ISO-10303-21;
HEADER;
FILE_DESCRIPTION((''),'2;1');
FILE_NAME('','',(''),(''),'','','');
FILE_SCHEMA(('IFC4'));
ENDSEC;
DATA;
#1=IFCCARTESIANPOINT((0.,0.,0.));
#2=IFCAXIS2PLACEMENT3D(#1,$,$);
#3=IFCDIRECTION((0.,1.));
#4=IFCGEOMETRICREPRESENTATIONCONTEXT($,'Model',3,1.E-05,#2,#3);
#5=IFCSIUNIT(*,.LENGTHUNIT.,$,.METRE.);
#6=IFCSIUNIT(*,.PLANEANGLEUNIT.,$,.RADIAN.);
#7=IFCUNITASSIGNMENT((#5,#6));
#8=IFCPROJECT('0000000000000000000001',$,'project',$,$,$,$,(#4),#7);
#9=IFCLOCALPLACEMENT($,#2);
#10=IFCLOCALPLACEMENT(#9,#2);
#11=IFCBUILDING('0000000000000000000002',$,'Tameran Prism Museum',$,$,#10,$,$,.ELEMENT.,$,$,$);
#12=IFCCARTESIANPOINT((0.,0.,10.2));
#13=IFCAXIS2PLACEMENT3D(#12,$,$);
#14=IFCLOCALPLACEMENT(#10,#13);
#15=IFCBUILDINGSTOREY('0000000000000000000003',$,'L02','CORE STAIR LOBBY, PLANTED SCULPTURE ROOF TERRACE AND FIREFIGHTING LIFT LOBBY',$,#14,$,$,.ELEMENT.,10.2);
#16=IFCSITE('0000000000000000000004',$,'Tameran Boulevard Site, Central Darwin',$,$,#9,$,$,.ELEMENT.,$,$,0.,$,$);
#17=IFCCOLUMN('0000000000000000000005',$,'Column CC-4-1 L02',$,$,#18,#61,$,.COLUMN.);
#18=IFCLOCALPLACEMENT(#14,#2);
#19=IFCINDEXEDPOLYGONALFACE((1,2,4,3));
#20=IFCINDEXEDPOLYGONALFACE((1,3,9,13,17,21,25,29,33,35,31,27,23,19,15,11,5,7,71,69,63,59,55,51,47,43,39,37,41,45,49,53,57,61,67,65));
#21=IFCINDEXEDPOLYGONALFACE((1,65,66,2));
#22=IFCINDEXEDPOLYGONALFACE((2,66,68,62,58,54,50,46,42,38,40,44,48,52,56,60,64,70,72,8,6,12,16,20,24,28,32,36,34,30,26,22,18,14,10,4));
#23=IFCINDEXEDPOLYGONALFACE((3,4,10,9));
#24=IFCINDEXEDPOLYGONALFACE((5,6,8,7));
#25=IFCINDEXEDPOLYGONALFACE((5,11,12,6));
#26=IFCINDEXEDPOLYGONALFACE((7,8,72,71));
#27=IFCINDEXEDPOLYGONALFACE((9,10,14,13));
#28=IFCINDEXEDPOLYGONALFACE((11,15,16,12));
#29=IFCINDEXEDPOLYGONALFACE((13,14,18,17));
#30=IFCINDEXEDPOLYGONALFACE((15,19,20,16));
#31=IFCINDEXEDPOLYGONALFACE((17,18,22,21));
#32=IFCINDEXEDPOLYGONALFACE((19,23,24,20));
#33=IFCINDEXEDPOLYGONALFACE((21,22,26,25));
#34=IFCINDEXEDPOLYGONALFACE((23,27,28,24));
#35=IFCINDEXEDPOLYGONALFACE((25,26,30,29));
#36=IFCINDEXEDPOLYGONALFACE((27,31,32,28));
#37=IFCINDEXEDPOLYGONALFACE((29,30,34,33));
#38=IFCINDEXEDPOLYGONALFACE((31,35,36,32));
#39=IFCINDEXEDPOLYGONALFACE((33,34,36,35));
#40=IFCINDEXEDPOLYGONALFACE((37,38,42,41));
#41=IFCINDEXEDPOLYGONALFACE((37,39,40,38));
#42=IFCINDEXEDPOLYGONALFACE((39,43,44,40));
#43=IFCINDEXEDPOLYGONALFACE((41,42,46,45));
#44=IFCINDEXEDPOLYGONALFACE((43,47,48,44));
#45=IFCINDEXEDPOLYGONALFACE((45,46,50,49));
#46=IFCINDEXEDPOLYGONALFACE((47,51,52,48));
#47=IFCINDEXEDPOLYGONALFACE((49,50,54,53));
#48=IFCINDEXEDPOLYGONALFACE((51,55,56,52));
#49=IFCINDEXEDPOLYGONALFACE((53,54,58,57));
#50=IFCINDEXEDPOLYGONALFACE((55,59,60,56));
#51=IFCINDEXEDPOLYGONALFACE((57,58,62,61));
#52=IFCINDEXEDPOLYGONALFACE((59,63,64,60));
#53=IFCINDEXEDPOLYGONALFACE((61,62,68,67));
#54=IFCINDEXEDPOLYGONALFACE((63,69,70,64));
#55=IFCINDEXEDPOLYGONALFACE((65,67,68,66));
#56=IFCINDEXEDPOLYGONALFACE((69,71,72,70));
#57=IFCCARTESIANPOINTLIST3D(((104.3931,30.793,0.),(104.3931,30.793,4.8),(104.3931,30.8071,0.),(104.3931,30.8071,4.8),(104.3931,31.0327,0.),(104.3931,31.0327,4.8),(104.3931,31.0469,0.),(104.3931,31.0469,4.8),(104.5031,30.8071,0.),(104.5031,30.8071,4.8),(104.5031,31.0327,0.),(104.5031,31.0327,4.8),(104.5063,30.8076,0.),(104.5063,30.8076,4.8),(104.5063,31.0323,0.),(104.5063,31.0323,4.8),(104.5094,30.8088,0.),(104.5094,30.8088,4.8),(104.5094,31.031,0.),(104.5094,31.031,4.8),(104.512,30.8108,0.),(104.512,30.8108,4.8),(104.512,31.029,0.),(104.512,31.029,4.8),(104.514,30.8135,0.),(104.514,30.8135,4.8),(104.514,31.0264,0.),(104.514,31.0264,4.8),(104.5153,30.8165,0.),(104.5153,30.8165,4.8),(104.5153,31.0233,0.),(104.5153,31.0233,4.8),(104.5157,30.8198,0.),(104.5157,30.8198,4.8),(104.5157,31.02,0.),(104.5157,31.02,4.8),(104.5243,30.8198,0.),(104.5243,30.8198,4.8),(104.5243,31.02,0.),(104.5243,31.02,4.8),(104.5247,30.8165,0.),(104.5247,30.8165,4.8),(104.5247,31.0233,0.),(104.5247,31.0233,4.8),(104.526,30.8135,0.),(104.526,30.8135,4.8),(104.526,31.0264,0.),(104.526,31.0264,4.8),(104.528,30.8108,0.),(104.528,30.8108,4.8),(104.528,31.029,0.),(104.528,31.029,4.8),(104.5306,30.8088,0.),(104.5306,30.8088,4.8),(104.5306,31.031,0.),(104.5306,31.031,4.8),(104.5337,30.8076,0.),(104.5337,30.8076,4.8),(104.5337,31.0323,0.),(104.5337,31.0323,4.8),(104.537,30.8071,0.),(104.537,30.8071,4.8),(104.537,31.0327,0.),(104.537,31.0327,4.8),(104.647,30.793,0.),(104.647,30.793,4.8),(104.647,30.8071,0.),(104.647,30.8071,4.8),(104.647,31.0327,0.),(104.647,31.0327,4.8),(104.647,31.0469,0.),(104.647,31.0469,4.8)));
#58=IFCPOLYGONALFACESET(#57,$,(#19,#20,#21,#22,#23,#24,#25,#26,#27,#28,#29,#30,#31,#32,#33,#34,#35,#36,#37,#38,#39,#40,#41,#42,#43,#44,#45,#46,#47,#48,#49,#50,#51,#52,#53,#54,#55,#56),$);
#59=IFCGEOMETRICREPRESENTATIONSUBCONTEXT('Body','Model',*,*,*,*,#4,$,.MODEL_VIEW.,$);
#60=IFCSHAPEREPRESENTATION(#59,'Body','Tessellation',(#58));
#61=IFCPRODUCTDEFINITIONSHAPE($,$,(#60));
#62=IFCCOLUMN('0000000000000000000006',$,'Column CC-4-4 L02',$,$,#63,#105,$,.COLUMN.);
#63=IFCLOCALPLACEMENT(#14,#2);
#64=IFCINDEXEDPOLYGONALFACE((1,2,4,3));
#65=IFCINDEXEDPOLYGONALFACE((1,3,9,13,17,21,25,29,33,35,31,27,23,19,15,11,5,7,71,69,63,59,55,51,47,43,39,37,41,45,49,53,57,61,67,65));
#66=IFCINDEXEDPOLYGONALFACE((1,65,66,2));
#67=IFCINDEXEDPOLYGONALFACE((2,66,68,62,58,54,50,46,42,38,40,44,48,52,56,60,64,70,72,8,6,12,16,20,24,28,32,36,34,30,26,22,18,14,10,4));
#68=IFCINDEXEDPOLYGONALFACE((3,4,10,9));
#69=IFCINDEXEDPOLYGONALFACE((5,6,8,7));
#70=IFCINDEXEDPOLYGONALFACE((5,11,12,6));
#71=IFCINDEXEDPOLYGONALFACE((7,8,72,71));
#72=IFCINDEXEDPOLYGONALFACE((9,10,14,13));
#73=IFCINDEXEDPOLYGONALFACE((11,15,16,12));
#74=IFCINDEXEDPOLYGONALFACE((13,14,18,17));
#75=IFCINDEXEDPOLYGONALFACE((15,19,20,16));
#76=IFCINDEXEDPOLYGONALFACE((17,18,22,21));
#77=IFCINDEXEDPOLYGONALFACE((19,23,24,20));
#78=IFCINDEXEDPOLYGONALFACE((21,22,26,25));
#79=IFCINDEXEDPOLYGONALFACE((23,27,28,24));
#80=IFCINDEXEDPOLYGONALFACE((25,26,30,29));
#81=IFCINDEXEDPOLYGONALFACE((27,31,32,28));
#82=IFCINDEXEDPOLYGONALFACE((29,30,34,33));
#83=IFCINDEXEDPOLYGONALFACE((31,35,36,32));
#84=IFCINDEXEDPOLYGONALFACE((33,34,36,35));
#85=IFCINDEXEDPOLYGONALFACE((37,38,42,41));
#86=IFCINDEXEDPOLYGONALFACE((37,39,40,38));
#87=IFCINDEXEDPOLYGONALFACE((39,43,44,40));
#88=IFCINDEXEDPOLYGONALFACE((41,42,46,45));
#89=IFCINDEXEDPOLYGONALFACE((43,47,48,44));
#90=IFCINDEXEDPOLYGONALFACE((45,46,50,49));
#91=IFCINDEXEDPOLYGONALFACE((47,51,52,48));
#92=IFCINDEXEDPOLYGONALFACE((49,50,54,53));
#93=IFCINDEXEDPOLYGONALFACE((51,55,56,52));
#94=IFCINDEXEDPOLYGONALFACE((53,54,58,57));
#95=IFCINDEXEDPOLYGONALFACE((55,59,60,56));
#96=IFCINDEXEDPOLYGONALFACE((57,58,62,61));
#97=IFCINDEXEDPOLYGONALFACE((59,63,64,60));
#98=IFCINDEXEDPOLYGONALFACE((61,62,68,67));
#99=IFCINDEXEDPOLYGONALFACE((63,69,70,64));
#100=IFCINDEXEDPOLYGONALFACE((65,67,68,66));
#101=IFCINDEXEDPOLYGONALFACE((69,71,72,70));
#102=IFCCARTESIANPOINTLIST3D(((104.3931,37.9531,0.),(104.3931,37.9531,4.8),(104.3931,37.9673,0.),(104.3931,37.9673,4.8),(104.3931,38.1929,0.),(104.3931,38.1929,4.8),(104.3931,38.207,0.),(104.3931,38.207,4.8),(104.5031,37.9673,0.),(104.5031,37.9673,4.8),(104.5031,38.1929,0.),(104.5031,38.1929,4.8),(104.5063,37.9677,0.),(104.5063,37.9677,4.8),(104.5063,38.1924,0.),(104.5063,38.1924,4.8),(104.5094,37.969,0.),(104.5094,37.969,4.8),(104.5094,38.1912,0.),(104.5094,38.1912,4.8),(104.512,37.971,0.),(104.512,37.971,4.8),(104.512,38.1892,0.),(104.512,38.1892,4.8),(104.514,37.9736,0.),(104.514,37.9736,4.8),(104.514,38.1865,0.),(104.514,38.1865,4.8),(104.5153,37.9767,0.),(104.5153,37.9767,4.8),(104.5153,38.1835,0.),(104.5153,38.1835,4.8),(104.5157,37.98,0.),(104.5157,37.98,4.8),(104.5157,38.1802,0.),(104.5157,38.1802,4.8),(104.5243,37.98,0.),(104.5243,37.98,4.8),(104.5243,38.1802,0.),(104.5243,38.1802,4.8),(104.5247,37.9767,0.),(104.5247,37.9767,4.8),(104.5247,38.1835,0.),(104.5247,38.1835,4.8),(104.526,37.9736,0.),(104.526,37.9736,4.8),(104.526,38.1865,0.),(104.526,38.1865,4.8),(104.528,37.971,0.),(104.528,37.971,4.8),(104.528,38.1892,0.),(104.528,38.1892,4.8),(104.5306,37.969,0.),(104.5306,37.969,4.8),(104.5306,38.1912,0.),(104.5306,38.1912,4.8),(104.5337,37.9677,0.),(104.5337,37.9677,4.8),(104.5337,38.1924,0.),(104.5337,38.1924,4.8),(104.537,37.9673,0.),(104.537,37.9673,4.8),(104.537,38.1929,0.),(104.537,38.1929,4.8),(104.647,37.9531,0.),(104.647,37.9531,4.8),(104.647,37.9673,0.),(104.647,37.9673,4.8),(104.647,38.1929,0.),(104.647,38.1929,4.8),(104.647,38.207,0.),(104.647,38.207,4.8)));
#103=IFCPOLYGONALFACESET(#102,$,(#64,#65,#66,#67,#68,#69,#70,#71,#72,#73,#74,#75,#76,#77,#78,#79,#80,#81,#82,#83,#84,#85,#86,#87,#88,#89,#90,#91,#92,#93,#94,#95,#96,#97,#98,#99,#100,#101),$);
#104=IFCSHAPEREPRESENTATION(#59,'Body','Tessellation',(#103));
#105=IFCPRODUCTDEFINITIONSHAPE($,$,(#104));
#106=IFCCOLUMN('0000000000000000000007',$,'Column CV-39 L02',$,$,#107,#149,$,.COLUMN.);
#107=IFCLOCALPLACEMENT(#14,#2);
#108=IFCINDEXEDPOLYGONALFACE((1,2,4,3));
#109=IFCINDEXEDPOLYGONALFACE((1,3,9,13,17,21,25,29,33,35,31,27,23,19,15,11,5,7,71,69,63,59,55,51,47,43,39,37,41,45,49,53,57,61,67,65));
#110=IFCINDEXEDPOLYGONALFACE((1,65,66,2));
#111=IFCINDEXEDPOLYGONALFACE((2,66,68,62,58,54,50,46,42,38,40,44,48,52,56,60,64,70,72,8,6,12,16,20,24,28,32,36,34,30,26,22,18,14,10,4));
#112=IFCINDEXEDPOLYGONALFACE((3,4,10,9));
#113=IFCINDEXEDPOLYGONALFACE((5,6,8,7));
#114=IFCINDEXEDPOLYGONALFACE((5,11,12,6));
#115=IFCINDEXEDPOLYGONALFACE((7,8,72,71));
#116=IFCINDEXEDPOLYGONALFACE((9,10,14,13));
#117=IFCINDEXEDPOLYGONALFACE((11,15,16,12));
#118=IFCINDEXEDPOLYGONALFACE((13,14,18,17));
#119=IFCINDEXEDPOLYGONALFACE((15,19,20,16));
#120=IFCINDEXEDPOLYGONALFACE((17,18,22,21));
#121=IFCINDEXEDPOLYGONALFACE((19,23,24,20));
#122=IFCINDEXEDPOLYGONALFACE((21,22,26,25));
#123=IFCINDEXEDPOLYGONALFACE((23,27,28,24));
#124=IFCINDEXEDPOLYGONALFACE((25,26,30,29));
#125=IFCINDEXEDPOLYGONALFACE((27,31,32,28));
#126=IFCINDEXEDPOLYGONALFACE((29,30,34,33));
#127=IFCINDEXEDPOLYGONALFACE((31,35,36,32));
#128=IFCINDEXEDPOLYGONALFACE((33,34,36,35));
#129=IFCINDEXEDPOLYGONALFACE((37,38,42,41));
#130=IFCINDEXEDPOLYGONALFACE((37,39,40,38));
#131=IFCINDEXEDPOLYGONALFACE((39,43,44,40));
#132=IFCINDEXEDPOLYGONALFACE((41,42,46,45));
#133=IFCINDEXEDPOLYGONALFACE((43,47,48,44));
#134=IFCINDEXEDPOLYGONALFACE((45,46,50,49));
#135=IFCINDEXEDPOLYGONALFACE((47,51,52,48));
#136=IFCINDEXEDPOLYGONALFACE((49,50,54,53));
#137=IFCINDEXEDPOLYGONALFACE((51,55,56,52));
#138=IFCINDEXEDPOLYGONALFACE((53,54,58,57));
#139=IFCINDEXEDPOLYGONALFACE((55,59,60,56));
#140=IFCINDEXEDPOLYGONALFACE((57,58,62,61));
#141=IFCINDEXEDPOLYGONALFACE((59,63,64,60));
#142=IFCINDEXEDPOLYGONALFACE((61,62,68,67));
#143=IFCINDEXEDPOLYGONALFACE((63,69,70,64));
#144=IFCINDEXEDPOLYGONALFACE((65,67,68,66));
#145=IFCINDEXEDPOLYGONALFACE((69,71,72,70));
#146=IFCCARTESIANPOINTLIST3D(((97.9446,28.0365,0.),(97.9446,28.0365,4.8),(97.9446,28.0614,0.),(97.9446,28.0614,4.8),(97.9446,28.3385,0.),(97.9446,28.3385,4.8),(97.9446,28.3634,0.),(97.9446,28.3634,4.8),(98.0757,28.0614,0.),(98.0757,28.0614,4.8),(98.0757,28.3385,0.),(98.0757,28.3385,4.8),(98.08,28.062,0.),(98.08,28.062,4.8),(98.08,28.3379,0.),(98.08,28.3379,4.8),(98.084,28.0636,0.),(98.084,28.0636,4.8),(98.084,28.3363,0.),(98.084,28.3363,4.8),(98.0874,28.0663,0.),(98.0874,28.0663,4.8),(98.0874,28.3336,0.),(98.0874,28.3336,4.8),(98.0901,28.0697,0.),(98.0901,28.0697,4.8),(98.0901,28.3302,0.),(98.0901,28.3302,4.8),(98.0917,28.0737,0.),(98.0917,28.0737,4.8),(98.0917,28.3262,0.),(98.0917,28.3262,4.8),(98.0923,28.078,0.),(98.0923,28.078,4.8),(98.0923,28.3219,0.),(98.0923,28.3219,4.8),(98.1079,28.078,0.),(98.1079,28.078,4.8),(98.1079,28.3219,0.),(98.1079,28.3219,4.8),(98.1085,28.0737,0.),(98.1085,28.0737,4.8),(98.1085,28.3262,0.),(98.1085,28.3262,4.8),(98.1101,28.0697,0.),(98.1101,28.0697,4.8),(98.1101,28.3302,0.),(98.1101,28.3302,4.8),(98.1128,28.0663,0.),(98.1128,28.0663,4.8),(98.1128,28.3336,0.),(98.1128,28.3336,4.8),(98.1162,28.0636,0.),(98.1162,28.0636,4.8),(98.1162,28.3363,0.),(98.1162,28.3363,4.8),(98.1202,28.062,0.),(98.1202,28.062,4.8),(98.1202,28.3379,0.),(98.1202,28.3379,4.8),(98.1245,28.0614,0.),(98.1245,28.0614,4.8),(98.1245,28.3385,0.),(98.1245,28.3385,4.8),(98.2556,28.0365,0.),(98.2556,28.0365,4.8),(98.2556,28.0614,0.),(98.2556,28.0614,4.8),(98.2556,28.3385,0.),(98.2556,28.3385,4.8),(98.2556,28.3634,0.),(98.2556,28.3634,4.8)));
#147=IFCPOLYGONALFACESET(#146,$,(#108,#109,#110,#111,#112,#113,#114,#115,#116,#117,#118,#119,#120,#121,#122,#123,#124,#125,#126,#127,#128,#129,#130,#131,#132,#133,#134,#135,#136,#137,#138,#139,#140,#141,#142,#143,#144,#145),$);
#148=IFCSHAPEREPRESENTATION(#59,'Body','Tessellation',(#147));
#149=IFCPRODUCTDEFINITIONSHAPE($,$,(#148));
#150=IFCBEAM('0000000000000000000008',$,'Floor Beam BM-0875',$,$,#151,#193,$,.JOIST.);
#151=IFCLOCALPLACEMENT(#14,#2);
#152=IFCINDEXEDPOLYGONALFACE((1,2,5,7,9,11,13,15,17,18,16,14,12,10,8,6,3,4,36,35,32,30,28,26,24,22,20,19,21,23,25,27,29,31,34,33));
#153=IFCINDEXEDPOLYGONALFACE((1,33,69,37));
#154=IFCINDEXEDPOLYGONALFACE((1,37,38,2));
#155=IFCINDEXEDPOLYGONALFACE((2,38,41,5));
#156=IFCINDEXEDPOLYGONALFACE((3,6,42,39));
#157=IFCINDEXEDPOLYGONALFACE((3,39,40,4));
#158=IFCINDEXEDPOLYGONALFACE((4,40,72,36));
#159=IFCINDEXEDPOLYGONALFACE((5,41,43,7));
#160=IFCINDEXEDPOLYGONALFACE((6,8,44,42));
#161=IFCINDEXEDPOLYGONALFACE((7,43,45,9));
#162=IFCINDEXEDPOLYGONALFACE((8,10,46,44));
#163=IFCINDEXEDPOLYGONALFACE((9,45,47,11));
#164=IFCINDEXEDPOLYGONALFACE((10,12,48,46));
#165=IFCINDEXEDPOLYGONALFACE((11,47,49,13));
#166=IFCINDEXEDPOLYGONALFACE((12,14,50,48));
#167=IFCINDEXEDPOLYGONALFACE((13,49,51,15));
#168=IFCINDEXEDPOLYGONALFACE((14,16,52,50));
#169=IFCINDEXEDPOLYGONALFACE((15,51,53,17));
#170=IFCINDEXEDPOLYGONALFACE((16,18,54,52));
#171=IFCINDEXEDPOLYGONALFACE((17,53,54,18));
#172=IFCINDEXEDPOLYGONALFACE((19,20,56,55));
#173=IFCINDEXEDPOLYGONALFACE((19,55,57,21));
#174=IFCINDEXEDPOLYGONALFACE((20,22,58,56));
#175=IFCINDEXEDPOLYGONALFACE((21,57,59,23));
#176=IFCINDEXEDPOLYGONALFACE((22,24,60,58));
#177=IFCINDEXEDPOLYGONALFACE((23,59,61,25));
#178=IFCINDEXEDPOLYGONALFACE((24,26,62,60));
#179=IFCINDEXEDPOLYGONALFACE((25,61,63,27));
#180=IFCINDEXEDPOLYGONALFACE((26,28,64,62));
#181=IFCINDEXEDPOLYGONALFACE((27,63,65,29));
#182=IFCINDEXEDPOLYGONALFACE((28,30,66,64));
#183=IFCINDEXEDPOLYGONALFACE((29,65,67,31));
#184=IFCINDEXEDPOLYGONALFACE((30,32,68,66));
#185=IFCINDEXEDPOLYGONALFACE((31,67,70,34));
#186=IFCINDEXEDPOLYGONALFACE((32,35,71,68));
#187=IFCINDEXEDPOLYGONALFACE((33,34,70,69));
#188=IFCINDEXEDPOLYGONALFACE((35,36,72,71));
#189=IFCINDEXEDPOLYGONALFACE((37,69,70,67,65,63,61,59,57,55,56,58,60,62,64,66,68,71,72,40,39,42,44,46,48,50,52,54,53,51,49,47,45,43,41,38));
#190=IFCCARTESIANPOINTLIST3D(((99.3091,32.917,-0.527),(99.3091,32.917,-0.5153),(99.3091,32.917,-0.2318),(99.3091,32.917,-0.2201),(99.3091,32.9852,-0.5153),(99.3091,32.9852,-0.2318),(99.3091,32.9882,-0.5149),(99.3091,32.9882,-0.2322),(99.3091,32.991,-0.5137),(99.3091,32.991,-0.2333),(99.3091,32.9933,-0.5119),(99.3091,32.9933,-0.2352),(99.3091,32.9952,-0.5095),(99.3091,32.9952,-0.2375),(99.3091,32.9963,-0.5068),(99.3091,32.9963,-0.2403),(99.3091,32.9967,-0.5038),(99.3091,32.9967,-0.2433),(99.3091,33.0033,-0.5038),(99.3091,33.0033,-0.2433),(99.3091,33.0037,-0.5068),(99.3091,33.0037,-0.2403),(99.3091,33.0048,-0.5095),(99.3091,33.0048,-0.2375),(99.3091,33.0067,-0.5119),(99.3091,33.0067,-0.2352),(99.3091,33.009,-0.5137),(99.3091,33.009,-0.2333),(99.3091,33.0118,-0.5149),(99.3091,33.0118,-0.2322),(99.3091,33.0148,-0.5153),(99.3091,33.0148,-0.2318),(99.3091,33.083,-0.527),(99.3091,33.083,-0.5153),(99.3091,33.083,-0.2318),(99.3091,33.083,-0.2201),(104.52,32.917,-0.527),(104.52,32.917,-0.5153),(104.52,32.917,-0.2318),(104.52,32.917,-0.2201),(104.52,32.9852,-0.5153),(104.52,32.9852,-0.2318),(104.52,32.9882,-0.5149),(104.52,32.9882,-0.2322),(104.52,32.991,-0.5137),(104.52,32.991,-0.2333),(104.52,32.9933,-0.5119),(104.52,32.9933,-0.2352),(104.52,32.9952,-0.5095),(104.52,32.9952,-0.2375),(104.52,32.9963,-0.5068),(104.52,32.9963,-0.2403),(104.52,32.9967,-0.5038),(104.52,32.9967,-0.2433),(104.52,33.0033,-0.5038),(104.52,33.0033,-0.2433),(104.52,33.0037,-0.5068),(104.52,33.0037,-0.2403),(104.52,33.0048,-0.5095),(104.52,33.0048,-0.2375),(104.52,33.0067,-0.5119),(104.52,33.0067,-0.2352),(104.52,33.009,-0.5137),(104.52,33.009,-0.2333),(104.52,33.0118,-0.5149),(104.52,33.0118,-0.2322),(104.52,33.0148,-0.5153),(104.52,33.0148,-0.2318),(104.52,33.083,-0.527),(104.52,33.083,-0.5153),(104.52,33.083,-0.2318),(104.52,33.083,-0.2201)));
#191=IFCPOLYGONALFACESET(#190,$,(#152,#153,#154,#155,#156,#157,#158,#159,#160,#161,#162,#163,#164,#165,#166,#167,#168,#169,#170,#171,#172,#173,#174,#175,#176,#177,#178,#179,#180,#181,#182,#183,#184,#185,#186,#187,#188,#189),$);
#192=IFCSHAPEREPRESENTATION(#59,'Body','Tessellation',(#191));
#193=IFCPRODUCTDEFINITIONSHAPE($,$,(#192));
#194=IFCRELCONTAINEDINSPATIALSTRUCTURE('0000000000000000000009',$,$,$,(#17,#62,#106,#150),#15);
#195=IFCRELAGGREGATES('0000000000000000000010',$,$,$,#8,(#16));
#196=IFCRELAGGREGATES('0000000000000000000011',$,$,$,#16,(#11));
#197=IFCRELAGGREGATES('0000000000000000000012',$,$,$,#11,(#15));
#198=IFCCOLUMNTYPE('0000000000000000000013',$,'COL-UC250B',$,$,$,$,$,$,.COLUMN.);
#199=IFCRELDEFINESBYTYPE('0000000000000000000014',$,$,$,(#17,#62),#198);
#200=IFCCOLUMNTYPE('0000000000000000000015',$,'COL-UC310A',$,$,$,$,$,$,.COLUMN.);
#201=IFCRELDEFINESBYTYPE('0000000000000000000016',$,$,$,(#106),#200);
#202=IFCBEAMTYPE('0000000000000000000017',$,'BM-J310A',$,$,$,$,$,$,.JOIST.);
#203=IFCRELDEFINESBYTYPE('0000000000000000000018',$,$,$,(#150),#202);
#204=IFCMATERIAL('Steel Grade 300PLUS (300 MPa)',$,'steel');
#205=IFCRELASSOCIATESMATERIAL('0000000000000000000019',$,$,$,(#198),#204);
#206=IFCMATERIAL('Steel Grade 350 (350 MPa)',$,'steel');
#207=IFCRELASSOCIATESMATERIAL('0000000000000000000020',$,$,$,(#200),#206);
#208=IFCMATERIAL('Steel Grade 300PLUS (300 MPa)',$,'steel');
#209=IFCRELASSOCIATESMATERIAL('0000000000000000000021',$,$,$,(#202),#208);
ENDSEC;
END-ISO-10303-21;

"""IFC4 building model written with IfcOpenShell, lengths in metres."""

from ifc_helpers import new_model, si_unit, direction, frame, origin, origin_2d, place, context, subcontext, project, spatial, i_section, extrude, material, material_profile, profile_set, type_object, element, save


model = new_model("IFC4")

# Units and contexts
model_context = context("Model", 3, precision=1e-05, world=origin(), true_north=direction((0.0, 1.0)))
body_context = subcontext(model_context, "Body", "Model", "MODEL_VIEW")
ifc_project = project(units=[si_unit("LENGTHUNIT", "METRE"), si_unit("PLANEANGLEUNIT", "RADIAN")], contexts=[model_context])

# Site, building, storey
site_placement = place(None, origin())
site = spatial("IfcSite", under=ifc_project, at=site_placement, Name="Tameran Boulevard Site, Central Darwin", CompositionType="ELEMENT", RefElevation=0.0)
building_placement = place(site_placement, origin())
building = spatial("IfcBuilding", under=site, at=building_placement, Name="Tameran Prism Museum", CompositionType="ELEMENT")
storey_placement = place(building_placement, frame((0.0, 0.0, 10.2)))
storey = spatial("IfcBuildingStorey", under=building, at=storey_placement, Name="L02", Description="CORE STAIR LOBBY, PLANTED SCULPTURE ROOF TERRACE AND FIREFIGHTING LIFT LOBBY", CompositionType="ELEMENT", Elevation=10.2)

# Columns
ifc_material_1 = material(Name="Steel Grade 300PLUS (300 MPa)", Category="steel")
ifc_material_profile_1 = material_profile(ifc_material_1, i_section(OverallWidth=0.2539, OverallDepth=0.2539, WebThickness=0.0085, FlangeThickness=0.0142, FilletRadius=0.0127, at=origin_2d()))
ifc_profile_set_1 = profile_set([ifc_material_profile_1])
column_type_1 = type_object("IfcColumnType", Name="COL-UC250B", PredefinedType="COLUMN", material=ifc_profile_set_1)
for number, where, z_axis, x_axis, name in (
    (1, (104.52, 30.9199, 0.0), (0.0, 0.0, 1.0), (1.0, 0.0, 0.0), "Column CC-4-1 L02"),
    (2, (104.52, 38.0801, 0.0), (0.0, 0.0, 1.0), (1.0, 0.0, 0.0), "Column CC-4-4 L02"),
):
    element("IfcColumn", number, at=place(storey_placement, frame(where, z_axis=z_axis, x_axis=x_axis)), inside=storey, type_object=column_type_1, Name=name, PredefinedType="COLUMN", context=body_context, shape_type="SweptSolid", body=[
        extrude(i_section(OverallWidth=0.2539, OverallDepth=0.2539, WebThickness=0.0085, FlangeThickness=0.0142, FilletRadius=0.0127, at=origin_2d()), origin(), (0.0, 0.0, 1.0), 4.8),
    ])
ifc_material_2 = material(Name="Steel Grade 350 (350 MPa)", Category="steel")
ifc_material_profile_2 = material_profile(ifc_material_2, i_section(OverallWidth=0.311, OverallDepth=0.3269, WebThickness=0.0156, FlangeThickness=0.0249, FilletRadius=0.0166, at=origin_2d()))
ifc_profile_set_2 = profile_set([ifc_material_profile_2])
column_type_2 = type_object("IfcColumnType", Name="COL-UC310A", PredefinedType="COLUMN", material=ifc_profile_set_2)
column_placement = place(storey_placement, frame((98.1001, 28.2, 0.0), z_axis=(0.0, 0.0, 1.0), x_axis=(1.0, 0.0, 0.0)))
element("IfcColumn", 3, at=column_placement, inside=storey, type_object=column_type_2, Name="Column CV-39 L02", PredefinedType="COLUMN", context=body_context, shape_type="SweptSolid", body=[
    extrude(i_section(OverallWidth=0.311, OverallDepth=0.3269, WebThickness=0.0156, FlangeThickness=0.0249, FilletRadius=0.0166, at=origin_2d()), origin(), (0.0, 0.0, 1.0), 4.8),
])

# Beam
ifc_material_3 = material(Name="Steel Grade 300PLUS (300 MPa)", Category="steel")
ifc_material_profile_3 = material_profile(ifc_material_3, i_section(OverallWidth=0.166, OverallDepth=0.3069, WebThickness=0.0066, FlangeThickness=0.0117, FilletRadius=0.0115, at=origin_2d()))
ifc_profile_set_3 = profile_set([ifc_material_profile_3])
beam_type_1 = type_object("IfcBeamType", Name="BM-J310A", PredefinedType="JOIST", material=ifc_profile_set_3)
beam_1_placement = place(storey_placement, frame((99.3091, 33.0, -0.3735), z_axis=(1.0, 0.0, 0.0), x_axis=(0.0, 1.0, 0.0)))
element("IfcBeam", 4, at=beam_1_placement, inside=storey, type_object=beam_type_1, Name="Floor Beam BM-0875", PredefinedType="JOIST", context=body_context, shape_type="SweptSolid", body=[
    extrude(i_section(OverallWidth=0.166, OverallDepth=0.3069, WebThickness=0.0066, FlangeThickness=0.0117, FilletRadius=0.0115, at=origin_2d()), origin(), (0.0, 0.0, 1.0), 5.2109),
])

save(model, "model.ifc")
